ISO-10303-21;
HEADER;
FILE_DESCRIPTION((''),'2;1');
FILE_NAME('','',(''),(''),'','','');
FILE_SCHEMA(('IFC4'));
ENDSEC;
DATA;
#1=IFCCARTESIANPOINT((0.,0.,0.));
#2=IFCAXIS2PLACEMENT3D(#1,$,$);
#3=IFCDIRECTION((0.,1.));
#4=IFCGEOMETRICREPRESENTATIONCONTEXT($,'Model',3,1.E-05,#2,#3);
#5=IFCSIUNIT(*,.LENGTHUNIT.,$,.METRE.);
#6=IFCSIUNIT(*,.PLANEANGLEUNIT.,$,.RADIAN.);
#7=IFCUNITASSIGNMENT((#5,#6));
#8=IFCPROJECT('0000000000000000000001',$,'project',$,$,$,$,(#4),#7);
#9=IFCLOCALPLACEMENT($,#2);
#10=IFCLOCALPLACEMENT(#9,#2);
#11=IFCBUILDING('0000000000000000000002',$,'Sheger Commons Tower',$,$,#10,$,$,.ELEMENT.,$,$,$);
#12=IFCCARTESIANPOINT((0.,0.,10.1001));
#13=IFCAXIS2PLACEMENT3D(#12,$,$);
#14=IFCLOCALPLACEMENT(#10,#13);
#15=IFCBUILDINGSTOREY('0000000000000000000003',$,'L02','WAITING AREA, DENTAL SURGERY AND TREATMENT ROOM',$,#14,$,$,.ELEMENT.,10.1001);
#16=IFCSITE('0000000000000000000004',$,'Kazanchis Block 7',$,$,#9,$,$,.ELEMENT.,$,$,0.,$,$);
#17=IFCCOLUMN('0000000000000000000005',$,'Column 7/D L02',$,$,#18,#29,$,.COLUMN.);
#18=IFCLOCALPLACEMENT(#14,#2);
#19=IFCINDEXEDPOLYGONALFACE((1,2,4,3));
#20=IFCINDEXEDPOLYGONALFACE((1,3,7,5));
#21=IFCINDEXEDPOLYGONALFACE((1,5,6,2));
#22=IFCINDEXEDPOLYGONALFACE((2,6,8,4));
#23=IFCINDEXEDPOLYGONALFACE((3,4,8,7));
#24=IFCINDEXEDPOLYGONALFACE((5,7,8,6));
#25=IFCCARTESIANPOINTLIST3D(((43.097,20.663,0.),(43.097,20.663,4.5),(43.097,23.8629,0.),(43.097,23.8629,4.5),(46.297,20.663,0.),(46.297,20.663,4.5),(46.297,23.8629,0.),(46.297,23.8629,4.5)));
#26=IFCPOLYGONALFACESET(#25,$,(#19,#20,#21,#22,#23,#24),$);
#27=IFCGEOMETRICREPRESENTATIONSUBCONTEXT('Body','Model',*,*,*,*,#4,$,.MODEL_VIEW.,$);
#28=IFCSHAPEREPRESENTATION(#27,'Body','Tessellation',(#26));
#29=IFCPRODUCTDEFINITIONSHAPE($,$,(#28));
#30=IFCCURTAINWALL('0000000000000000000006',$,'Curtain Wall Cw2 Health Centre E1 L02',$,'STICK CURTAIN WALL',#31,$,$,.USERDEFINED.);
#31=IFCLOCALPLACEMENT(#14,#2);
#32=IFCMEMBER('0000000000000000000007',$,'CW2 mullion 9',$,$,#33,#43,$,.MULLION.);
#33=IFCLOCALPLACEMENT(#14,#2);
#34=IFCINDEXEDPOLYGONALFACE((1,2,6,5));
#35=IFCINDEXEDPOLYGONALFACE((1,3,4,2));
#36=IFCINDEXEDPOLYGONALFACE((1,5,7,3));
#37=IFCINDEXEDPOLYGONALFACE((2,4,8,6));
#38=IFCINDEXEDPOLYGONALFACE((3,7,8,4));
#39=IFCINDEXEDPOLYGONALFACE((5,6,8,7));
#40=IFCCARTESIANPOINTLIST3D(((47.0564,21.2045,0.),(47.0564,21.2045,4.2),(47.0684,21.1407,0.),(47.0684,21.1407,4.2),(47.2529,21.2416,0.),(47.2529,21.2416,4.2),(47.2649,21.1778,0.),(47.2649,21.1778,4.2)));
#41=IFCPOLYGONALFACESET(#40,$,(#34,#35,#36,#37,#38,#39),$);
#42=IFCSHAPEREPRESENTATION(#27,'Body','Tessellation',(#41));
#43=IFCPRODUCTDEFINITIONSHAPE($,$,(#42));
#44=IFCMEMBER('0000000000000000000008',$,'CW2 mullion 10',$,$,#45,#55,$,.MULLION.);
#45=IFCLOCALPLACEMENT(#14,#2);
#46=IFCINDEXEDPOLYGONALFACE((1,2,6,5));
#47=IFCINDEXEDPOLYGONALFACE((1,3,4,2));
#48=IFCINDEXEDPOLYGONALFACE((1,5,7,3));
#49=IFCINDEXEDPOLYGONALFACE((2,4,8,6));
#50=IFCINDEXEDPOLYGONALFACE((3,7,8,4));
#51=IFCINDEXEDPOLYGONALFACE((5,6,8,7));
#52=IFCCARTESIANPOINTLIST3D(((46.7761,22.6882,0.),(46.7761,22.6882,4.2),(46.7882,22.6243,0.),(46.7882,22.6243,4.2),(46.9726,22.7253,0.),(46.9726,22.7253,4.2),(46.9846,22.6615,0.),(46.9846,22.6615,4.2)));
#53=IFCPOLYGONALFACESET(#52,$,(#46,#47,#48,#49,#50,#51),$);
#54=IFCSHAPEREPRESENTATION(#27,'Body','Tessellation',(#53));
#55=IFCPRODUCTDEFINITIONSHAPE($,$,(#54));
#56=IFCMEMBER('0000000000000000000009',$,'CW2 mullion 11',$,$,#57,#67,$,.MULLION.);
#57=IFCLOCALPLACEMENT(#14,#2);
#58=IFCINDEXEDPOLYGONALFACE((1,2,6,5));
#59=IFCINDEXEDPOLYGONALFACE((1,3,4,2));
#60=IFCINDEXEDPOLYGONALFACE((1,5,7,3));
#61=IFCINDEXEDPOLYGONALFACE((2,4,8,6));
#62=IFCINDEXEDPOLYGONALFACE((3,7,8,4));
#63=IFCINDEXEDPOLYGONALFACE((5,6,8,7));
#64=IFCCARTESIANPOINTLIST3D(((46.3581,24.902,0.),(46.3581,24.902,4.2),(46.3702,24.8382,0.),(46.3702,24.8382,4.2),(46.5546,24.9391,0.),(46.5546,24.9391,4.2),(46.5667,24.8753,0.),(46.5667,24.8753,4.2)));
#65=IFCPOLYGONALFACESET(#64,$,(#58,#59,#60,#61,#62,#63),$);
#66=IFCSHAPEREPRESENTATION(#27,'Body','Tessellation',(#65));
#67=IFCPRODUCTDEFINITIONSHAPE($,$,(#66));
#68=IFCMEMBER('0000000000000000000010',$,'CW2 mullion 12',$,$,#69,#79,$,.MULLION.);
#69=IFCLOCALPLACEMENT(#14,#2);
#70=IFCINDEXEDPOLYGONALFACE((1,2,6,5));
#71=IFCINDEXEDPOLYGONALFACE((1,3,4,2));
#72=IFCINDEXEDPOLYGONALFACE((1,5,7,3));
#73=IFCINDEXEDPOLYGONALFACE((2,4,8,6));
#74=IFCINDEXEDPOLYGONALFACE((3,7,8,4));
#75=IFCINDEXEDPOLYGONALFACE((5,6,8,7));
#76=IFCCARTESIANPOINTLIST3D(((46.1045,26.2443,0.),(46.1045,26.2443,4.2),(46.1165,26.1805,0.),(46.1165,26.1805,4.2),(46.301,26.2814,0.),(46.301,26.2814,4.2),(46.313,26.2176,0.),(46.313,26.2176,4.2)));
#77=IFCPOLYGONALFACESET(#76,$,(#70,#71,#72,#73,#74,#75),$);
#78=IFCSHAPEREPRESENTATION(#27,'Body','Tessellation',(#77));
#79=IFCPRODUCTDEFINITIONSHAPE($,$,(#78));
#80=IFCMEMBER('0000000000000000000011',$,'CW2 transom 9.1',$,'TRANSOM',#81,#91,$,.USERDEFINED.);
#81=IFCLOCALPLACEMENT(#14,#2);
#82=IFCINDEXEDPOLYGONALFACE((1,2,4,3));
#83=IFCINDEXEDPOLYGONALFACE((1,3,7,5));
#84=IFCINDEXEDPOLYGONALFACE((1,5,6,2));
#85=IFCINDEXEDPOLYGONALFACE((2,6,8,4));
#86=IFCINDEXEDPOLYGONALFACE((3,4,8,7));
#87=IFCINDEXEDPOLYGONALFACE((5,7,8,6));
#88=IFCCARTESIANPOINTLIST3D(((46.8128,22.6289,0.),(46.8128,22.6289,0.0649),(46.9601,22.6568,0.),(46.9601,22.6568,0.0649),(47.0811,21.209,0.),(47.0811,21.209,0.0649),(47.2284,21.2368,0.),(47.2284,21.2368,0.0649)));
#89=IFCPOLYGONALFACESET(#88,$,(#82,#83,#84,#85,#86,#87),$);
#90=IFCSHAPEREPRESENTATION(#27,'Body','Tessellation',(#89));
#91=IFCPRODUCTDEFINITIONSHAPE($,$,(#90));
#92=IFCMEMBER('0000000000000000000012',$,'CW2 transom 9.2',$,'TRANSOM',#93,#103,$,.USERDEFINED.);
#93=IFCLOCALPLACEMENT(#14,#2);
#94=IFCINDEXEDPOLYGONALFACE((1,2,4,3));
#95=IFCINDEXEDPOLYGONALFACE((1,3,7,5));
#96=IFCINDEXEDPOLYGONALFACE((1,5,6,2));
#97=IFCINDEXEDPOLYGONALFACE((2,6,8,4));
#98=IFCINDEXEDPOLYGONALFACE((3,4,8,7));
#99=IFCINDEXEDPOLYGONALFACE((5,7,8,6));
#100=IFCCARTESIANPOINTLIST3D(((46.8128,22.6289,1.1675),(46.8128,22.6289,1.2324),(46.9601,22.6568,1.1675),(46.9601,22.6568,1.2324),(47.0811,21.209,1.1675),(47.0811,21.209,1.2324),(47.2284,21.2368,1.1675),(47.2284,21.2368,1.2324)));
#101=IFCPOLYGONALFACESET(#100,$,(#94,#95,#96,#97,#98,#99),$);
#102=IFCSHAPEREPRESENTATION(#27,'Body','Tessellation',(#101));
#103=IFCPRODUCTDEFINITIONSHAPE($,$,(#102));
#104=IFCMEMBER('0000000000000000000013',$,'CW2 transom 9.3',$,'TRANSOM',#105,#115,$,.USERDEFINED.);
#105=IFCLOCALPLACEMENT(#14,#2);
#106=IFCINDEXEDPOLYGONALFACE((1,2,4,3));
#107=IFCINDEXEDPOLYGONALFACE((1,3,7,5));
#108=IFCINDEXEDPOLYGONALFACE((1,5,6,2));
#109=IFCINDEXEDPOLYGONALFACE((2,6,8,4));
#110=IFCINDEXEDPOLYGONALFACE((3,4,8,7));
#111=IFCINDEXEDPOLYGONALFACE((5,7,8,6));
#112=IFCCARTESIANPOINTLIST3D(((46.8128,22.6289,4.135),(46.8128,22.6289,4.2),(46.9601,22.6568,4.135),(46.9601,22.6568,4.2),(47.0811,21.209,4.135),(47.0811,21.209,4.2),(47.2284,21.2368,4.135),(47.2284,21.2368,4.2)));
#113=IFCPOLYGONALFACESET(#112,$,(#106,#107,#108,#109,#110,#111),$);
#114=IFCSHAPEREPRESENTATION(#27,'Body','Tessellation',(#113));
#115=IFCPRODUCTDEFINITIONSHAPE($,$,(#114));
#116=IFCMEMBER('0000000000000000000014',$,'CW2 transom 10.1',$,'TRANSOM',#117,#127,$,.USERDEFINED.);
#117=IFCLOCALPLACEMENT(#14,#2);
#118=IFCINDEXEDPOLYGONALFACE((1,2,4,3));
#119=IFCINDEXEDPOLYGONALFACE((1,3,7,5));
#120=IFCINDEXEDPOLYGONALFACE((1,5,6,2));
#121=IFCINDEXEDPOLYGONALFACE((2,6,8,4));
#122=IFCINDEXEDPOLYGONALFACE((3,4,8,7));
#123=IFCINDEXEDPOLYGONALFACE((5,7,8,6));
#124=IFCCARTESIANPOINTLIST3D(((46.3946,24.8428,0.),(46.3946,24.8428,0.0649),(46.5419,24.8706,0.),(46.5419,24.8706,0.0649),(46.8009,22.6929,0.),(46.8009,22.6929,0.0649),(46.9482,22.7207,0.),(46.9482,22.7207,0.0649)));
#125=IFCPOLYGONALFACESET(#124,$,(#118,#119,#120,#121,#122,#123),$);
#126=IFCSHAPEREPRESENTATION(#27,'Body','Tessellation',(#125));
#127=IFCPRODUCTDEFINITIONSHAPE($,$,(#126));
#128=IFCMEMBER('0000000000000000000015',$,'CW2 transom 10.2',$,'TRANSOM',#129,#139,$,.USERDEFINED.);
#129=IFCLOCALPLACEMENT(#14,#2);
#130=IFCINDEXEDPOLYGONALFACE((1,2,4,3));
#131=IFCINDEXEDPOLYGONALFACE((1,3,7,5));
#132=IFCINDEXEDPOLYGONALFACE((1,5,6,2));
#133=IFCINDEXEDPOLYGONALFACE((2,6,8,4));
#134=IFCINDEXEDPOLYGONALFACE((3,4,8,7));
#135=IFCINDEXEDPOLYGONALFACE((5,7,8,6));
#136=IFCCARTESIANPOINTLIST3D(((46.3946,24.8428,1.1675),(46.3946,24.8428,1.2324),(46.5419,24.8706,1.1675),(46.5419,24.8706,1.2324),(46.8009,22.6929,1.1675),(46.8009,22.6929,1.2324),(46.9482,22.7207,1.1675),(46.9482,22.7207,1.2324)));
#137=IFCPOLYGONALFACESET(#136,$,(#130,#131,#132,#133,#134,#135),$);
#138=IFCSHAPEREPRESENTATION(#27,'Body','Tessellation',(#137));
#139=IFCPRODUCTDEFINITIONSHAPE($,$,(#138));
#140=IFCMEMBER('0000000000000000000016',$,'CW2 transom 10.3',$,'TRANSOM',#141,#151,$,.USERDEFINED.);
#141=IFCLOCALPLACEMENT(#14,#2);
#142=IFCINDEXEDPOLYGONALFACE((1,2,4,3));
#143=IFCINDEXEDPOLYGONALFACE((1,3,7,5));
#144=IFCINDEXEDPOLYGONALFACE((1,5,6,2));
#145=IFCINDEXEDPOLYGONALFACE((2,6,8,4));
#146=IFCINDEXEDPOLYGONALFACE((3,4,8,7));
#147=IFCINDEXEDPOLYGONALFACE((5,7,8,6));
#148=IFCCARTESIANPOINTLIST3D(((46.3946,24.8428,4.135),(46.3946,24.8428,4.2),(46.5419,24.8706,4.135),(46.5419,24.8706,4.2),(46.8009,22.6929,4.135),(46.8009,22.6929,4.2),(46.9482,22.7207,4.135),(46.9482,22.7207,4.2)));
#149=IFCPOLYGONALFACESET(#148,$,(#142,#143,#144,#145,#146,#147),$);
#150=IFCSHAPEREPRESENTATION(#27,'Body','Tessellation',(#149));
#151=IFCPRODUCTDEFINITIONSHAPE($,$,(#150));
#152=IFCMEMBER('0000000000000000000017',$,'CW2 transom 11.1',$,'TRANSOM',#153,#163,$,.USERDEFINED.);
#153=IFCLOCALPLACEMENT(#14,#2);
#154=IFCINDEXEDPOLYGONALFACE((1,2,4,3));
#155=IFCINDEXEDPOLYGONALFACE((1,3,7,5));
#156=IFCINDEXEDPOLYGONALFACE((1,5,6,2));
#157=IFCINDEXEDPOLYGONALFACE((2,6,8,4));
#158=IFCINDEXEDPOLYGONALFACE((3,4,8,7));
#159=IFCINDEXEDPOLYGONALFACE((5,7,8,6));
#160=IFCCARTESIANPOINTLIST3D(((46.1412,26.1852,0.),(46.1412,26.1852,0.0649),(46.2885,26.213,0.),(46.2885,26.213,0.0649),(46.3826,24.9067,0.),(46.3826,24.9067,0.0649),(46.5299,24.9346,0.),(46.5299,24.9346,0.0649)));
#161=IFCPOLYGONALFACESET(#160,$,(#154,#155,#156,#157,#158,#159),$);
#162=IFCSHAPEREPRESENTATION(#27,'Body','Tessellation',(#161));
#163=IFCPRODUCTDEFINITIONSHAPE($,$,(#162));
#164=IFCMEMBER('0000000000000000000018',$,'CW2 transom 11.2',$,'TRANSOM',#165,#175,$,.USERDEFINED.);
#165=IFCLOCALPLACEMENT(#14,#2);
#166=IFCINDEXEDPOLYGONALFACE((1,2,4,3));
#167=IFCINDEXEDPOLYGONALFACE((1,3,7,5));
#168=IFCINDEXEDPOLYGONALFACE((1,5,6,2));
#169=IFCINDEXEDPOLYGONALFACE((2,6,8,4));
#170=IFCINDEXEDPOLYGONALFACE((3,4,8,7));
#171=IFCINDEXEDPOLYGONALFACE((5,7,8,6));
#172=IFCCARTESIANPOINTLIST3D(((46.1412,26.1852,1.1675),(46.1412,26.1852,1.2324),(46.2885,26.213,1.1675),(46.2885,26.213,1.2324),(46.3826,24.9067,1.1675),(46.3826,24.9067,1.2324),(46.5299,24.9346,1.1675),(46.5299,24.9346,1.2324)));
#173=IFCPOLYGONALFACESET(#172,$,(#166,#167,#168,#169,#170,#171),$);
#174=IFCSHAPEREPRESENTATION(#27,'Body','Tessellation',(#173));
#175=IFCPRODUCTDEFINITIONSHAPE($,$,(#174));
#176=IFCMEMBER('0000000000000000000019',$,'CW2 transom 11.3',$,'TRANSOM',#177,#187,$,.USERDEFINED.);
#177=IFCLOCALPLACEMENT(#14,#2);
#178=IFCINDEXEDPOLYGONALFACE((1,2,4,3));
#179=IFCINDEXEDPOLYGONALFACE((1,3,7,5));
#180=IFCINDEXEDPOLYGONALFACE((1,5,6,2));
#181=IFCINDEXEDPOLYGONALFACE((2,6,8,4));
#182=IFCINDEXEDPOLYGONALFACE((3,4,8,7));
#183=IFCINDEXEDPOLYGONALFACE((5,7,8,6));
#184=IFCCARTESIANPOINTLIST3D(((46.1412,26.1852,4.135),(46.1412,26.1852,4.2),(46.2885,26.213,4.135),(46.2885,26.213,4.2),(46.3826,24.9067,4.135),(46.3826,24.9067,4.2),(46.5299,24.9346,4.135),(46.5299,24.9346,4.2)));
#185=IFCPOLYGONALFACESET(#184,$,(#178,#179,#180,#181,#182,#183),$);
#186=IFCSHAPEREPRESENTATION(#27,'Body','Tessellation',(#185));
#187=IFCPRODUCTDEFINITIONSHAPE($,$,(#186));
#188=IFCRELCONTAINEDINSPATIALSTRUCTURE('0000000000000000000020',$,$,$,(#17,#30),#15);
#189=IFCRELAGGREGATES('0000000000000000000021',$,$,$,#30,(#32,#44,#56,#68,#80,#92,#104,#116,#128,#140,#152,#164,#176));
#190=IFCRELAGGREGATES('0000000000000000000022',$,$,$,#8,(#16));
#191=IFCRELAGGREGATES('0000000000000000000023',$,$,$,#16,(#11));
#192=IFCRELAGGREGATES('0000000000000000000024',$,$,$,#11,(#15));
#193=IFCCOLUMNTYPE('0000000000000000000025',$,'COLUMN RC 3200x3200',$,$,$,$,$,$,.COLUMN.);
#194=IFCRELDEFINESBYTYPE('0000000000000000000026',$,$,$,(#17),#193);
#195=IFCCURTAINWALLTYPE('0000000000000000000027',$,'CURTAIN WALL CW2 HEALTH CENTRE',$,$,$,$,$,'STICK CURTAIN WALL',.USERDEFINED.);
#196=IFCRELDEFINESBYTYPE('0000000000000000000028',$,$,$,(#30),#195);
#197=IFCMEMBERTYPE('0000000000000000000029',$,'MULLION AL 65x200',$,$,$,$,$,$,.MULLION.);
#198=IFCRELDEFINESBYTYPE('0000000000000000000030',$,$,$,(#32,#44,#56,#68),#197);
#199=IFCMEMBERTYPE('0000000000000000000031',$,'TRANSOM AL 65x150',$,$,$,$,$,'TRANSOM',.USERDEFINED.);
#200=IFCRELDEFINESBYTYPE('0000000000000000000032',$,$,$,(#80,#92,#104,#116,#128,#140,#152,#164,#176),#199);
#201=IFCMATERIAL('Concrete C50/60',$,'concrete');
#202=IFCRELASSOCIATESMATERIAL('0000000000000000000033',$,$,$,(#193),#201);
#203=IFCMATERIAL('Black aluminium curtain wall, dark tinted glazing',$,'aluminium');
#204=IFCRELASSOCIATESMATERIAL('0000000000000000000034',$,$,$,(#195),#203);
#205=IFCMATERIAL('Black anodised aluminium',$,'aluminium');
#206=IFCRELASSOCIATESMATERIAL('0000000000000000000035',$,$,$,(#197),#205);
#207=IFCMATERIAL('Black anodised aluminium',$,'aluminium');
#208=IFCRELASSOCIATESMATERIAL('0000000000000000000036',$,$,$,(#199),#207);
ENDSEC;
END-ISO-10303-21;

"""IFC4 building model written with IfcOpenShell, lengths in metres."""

from ifc_helpers import new_model, si_unit, direction, frame, origin, origin_2d, place, context, subcontext, project, spatial, rectangle, extrude, material, material_profile, profile_set, type_object, element, aggregate, save


model = new_model("IFC4")

# Units and contexts
model_context = context("Model", 3, precision=1e-05, world=origin(), true_north=direction((0.0, 1.0)))
body_context = subcontext(model_context, "Body", "Model", "MODEL_VIEW")
ifc_project = project(units=[si_unit("LENGTHUNIT", "METRE"), si_unit("PLANEANGLEUNIT", "RADIAN")], contexts=[model_context])

# Site, building, storey
site_placement = place(None, origin())
site = spatial("IfcSite", under=ifc_project, at=site_placement, Name="Kazanchis Block 7", CompositionType="ELEMENT", RefElevation=0.0)
building_placement = place(site_placement, origin())
building = spatial("IfcBuilding", under=site, at=building_placement, Name="Sheger Commons Tower", CompositionType="ELEMENT")
storey_placement = place(building_placement, frame((0.0, 0.0, 10.1001)))
storey = spatial("IfcBuildingStorey", under=building, at=storey_placement, Name="L02", Description="WAITING AREA, DENTAL SURGERY AND TREATMENT ROOM", CompositionType="ELEMENT", Elevation=10.1001)

# Column
ifc_material_1 = material(Name="Concrete C50/60", Category="concrete")
ifc_material_profile_1 = material_profile(ifc_material_1, rectangle(XDim=3.2, YDim=3.2, at=origin_2d()), Name="RC 3200x3200")
ifc_profile_set_1 = profile_set([ifc_material_profile_1], Name="Concrete C50/60")
column_type = type_object("IfcColumnType", Name="COLUMN RC 3200x3200", PredefinedType="COLUMN", material=ifc_profile_set_1)
column_placement = place(storey_placement, frame((44.697, 22.2629, 0.0), z_axis=(0.0, 0.0, 1.0), x_axis=(1.0, 0.0, 0.0)))
element("IfcColumn", 1, at=column_placement, inside=storey, type_object=column_type, Name="Column 7/D L02", PredefinedType="COLUMN", context=body_context, shape_type="SweptSolid", body=[
    extrude(rectangle(XDim=3.2, YDim=3.2, at=origin_2d()), origin(), (0.0, 0.0, 1.0), 4.5),
])

# Curtain wall, members
ifc_material_2 = material(Name="Black aluminium curtain wall, dark tinted glazing", Category="aluminium")
curtain_wall_type = type_object("IfcCurtainWallType", Name="CURTAIN WALL CW2 HEALTH CENTRE", ElementType="STICK CURTAIN WALL", PredefinedType="USERDEFINED", material=ifc_material_2)
curtain_wall_placement = place(storey_placement, origin())
curtain_wall = element("IfcCurtainWall", 2, at=curtain_wall_placement, inside=storey, type_object=curtain_wall_type, Name="Curtain Wall Cw2 Health Centre E1 L02", ObjectType="STICK CURTAIN WALL", PredefinedType="USERDEFINED")
ifc_material_3 = material(Name="Black anodised aluminium", Category="aluminium")
ifc_material_profile_2 = material_profile(ifc_material_3, rectangle(XDim=0.2, YDim=0.0649, at=origin_2d()), Name="AL 65x200")
ifc_profile_set_2 = profile_set([ifc_material_profile_2], Name="Black anodised aluminium")
member_type_1 = type_object("IfcMemberType", Name="MULLION AL 65x200", PredefinedType="MULLION", material=ifc_profile_set_2)
member_1_placement = place(storey_placement, frame((47.1606, 21.1912, 0.0), z_axis=(0.0, 0.0, 1.0), x_axis=(-0.982624, -0.18561, 0.0)))
member_1 = element("IfcMember", 3, at=member_1_placement, type_object=member_type_1, Name="CW2 mullion 9", PredefinedType="MULLION", context=body_context, shape_type="SweptSolid", body=[
    extrude(rectangle(XDim=0.2, YDim=0.0649, at=origin_2d()), origin(), (0.0, 0.0, 1.0), 4.2),
])
member_2_placement = place(storey_placement, frame((46.8804, 22.6748, 0.0), z_axis=(0.0, 0.0, 1.0), x_axis=(-0.982624, -0.18561, 0.0)))
member_2 = element("IfcMember", 4, at=member_2_placement, type_object=member_type_1, Name="CW2 mullion 10", PredefinedType="MULLION", context=body_context, shape_type="SweptSolid", body=[
    extrude(rectangle(XDim=0.2, YDim=0.0649, at=origin_2d()), origin(), (0.0, 0.0, 1.0), 4.2),
])
member_3_placement = place(storey_placement, frame((46.4624, 24.8887, 0.0), z_axis=(0.0, 0.0, 1.0), x_axis=(-0.982624, -0.18561, 0.0)))
member_3 = element("IfcMember", 5, at=member_3_placement, type_object=member_type_1, Name="CW2 mullion 11", PredefinedType="MULLION", context=body_context, shape_type="SweptSolid", body=[
    extrude(rectangle(XDim=0.2, YDim=0.0649, at=origin_2d()), origin(), (0.0, 0.0, 1.0), 4.2),
])
member_4_placement = place(storey_placement, frame((46.2087, 26.231, 0.0), z_axis=(0.0, 0.0, 1.0), x_axis=(-0.982624, -0.18561, 0.0)))
member_4 = element("IfcMember", 6, at=member_4_placement, type_object=member_type_1, Name="CW2 mullion 12", PredefinedType="MULLION", context=body_context, shape_type="SweptSolid", body=[
    extrude(rectangle(XDim=0.2, YDim=0.0649, at=origin_2d()), origin(), (0.0, 0.0, 1.0), 4.2),
])
ifc_material_4 = material(Name="Black anodised aluminium", Category="aluminium")
ifc_material_profile_3 = material_profile(ifc_material_4, rectangle(XDim=0.1499, YDim=0.0649, at=origin_2d()), Name="AL 65x150")
ifc_profile_set_3 = profile_set([ifc_material_profile_3], Name="Black anodised aluminium")
member_type_2 = type_object("IfcMemberType", Name="TRANSOM AL 65x150", ElementType="TRANSOM", PredefinedType="USERDEFINED", material=ifc_profile_set_3)
member_5_placement = place(storey_placement, frame((47.1548, 21.2229, 0.0325), z_axis=(-0.185676, 0.982611, 0.0), x_axis=(-0.982611, -0.185676, 0.0)))
member_5 = element("IfcMember", 7, at=member_5_placement, type_object=member_type_2, Name="CW2 transom 9.1", ObjectType="TRANSOM", PredefinedType="USERDEFINED", context=body_context, shape_type="SweptSolid", body=[
    extrude(rectangle(XDim=0.1499, YDim=0.0649, at=origin_2d()), origin(), (0.0, 0.0, 1.0), 1.4451),
])
member_6_placement = place(storey_placement, frame((47.1548, 21.2229, 1.2), z_axis=(-0.185676, 0.982611, 0.0), x_axis=(-0.982611, -0.185676, 0.0)))
member_6 = element("IfcMember", 8, at=member_6_placement, type_object=member_type_2, Name="CW2 transom 9.2", ObjectType="TRANSOM", PredefinedType="USERDEFINED", context=body_context, shape_type="SweptSolid", body=[
    extrude(rectangle(XDim=0.1499, YDim=0.0649, at=origin_2d()), origin(), (0.0, 0.0, 1.0), 1.4451),
])
member_7_placement = place(storey_placement, frame((47.1548, 21.2229, 4.1675), z_axis=(-0.185676, 0.982611, 0.0), x_axis=(-0.982611, -0.185676, 0.0)))
member_7 = element("IfcMember", 9, at=member_7_placement, type_object=member_type_2, Name="CW2 transom 9.3", ObjectType="TRANSOM", PredefinedType="USERDEFINED", context=body_context, shape_type="SweptSolid", body=[
    extrude(rectangle(XDim=0.1499, YDim=0.0649, at=origin_2d()), origin(), (0.0, 0.0, 1.0), 1.4451),
])
member_8_placement = place(storey_placement, frame((46.8745, 22.7068, 0.0325), z_axis=(-0.185676, 0.982611, 0.0), x_axis=(-0.982611, -0.185676, 0.0)))
member_8 = element("IfcMember", 10, at=member_8_placement, type_object=member_type_2, Name="CW2 transom 10.1", ObjectType="TRANSOM", PredefinedType="USERDEFINED", context=body_context, shape_type="SweptSolid", body=[
    extrude(rectangle(XDim=0.1499, YDim=0.0649, at=origin_2d()), origin(), (0.0, 0.0, 1.0), 2.188),
])
member_9_placement = place(storey_placement, frame((46.8745, 22.7068, 1.2), z_axis=(-0.185676, 0.982611, 0.0), x_axis=(-0.982611, -0.185676, 0.0)))
member_9 = element("IfcMember", 11, at=member_9_placement, type_object=member_type_2, Name="CW2 transom 10.2", ObjectType="TRANSOM", PredefinedType="USERDEFINED", context=body_context, shape_type="SweptSolid", body=[
    extrude(rectangle(XDim=0.1499, YDim=0.0649, at=origin_2d()), origin(), (0.0, 0.0, 1.0), 2.188),
])
member_10_placement = place(storey_placement, frame((46.8745, 22.7068, 4.1675), z_axis=(-0.185676, 0.982611, 0.0), x_axis=(-0.982611, -0.185676, 0.0)))
member_10 = element("IfcMember", 12, at=member_10_placement, type_object=member_type_2, Name="CW2 transom 10.3", ObjectType="TRANSOM", PredefinedType="USERDEFINED", context=body_context, shape_type="SweptSolid", body=[
    extrude(rectangle(XDim=0.1499, YDim=0.0649, at=origin_2d()), origin(), (0.0, 0.0, 1.0), 2.188),
])
member_11_placement = place(storey_placement, frame((46.4563, 24.9207, 0.0325), z_axis=(-0.185603, 0.982625, 0.0), x_axis=(-0.982625, -0.185603, 0.0)))
member_11 = element("IfcMember", 13, at=member_11_placement, type_object=member_type_2, Name="CW2 transom 11.1", ObjectType="TRANSOM", PredefinedType="USERDEFINED", context=body_context, shape_type="SweptSolid", body=[
    extrude(rectangle(XDim=0.1499, YDim=0.0649, at=origin_2d()), origin(), (0.0, 0.0, 1.0), 1.301),
])
member_12_placement = place(storey_placement, frame((46.4563, 24.9207, 1.2), z_axis=(-0.185603, 0.982625, 0.0), x_axis=(-0.982625, -0.185603, 0.0)))
member_12 = element("IfcMember", 14, at=member_12_placement, type_object=member_type_2, Name="CW2 transom 11.2", ObjectType="TRANSOM", PredefinedType="USERDEFINED", context=body_context, shape_type="SweptSolid", body=[
    extrude(rectangle(XDim=0.1499, YDim=0.0649, at=origin_2d()), origin(), (0.0, 0.0, 1.0), 1.301),
])
member_13_placement = place(storey_placement, frame((46.4563, 24.9207, 4.1675), z_axis=(-0.185603, 0.982625, 0.0), x_axis=(-0.982625, -0.185603, 0.0)))
member_13 = element("IfcMember", 15, at=member_13_placement, type_object=member_type_2, Name="CW2 transom 11.3", ObjectType="TRANSOM", PredefinedType="USERDEFINED", context=body_context, shape_type="SweptSolid", body=[
    extrude(rectangle(XDim=0.1499, YDim=0.0649, at=origin_2d()), origin(), (0.0, 0.0, 1.0), 1.301),
])
aggregate(curtain_wall, [member_1, member_2, member_3, member_4, member_5, member_6, member_7, member_8, member_9, member_10, member_11, member_12, member_13])

save(model, "model.ifc")
